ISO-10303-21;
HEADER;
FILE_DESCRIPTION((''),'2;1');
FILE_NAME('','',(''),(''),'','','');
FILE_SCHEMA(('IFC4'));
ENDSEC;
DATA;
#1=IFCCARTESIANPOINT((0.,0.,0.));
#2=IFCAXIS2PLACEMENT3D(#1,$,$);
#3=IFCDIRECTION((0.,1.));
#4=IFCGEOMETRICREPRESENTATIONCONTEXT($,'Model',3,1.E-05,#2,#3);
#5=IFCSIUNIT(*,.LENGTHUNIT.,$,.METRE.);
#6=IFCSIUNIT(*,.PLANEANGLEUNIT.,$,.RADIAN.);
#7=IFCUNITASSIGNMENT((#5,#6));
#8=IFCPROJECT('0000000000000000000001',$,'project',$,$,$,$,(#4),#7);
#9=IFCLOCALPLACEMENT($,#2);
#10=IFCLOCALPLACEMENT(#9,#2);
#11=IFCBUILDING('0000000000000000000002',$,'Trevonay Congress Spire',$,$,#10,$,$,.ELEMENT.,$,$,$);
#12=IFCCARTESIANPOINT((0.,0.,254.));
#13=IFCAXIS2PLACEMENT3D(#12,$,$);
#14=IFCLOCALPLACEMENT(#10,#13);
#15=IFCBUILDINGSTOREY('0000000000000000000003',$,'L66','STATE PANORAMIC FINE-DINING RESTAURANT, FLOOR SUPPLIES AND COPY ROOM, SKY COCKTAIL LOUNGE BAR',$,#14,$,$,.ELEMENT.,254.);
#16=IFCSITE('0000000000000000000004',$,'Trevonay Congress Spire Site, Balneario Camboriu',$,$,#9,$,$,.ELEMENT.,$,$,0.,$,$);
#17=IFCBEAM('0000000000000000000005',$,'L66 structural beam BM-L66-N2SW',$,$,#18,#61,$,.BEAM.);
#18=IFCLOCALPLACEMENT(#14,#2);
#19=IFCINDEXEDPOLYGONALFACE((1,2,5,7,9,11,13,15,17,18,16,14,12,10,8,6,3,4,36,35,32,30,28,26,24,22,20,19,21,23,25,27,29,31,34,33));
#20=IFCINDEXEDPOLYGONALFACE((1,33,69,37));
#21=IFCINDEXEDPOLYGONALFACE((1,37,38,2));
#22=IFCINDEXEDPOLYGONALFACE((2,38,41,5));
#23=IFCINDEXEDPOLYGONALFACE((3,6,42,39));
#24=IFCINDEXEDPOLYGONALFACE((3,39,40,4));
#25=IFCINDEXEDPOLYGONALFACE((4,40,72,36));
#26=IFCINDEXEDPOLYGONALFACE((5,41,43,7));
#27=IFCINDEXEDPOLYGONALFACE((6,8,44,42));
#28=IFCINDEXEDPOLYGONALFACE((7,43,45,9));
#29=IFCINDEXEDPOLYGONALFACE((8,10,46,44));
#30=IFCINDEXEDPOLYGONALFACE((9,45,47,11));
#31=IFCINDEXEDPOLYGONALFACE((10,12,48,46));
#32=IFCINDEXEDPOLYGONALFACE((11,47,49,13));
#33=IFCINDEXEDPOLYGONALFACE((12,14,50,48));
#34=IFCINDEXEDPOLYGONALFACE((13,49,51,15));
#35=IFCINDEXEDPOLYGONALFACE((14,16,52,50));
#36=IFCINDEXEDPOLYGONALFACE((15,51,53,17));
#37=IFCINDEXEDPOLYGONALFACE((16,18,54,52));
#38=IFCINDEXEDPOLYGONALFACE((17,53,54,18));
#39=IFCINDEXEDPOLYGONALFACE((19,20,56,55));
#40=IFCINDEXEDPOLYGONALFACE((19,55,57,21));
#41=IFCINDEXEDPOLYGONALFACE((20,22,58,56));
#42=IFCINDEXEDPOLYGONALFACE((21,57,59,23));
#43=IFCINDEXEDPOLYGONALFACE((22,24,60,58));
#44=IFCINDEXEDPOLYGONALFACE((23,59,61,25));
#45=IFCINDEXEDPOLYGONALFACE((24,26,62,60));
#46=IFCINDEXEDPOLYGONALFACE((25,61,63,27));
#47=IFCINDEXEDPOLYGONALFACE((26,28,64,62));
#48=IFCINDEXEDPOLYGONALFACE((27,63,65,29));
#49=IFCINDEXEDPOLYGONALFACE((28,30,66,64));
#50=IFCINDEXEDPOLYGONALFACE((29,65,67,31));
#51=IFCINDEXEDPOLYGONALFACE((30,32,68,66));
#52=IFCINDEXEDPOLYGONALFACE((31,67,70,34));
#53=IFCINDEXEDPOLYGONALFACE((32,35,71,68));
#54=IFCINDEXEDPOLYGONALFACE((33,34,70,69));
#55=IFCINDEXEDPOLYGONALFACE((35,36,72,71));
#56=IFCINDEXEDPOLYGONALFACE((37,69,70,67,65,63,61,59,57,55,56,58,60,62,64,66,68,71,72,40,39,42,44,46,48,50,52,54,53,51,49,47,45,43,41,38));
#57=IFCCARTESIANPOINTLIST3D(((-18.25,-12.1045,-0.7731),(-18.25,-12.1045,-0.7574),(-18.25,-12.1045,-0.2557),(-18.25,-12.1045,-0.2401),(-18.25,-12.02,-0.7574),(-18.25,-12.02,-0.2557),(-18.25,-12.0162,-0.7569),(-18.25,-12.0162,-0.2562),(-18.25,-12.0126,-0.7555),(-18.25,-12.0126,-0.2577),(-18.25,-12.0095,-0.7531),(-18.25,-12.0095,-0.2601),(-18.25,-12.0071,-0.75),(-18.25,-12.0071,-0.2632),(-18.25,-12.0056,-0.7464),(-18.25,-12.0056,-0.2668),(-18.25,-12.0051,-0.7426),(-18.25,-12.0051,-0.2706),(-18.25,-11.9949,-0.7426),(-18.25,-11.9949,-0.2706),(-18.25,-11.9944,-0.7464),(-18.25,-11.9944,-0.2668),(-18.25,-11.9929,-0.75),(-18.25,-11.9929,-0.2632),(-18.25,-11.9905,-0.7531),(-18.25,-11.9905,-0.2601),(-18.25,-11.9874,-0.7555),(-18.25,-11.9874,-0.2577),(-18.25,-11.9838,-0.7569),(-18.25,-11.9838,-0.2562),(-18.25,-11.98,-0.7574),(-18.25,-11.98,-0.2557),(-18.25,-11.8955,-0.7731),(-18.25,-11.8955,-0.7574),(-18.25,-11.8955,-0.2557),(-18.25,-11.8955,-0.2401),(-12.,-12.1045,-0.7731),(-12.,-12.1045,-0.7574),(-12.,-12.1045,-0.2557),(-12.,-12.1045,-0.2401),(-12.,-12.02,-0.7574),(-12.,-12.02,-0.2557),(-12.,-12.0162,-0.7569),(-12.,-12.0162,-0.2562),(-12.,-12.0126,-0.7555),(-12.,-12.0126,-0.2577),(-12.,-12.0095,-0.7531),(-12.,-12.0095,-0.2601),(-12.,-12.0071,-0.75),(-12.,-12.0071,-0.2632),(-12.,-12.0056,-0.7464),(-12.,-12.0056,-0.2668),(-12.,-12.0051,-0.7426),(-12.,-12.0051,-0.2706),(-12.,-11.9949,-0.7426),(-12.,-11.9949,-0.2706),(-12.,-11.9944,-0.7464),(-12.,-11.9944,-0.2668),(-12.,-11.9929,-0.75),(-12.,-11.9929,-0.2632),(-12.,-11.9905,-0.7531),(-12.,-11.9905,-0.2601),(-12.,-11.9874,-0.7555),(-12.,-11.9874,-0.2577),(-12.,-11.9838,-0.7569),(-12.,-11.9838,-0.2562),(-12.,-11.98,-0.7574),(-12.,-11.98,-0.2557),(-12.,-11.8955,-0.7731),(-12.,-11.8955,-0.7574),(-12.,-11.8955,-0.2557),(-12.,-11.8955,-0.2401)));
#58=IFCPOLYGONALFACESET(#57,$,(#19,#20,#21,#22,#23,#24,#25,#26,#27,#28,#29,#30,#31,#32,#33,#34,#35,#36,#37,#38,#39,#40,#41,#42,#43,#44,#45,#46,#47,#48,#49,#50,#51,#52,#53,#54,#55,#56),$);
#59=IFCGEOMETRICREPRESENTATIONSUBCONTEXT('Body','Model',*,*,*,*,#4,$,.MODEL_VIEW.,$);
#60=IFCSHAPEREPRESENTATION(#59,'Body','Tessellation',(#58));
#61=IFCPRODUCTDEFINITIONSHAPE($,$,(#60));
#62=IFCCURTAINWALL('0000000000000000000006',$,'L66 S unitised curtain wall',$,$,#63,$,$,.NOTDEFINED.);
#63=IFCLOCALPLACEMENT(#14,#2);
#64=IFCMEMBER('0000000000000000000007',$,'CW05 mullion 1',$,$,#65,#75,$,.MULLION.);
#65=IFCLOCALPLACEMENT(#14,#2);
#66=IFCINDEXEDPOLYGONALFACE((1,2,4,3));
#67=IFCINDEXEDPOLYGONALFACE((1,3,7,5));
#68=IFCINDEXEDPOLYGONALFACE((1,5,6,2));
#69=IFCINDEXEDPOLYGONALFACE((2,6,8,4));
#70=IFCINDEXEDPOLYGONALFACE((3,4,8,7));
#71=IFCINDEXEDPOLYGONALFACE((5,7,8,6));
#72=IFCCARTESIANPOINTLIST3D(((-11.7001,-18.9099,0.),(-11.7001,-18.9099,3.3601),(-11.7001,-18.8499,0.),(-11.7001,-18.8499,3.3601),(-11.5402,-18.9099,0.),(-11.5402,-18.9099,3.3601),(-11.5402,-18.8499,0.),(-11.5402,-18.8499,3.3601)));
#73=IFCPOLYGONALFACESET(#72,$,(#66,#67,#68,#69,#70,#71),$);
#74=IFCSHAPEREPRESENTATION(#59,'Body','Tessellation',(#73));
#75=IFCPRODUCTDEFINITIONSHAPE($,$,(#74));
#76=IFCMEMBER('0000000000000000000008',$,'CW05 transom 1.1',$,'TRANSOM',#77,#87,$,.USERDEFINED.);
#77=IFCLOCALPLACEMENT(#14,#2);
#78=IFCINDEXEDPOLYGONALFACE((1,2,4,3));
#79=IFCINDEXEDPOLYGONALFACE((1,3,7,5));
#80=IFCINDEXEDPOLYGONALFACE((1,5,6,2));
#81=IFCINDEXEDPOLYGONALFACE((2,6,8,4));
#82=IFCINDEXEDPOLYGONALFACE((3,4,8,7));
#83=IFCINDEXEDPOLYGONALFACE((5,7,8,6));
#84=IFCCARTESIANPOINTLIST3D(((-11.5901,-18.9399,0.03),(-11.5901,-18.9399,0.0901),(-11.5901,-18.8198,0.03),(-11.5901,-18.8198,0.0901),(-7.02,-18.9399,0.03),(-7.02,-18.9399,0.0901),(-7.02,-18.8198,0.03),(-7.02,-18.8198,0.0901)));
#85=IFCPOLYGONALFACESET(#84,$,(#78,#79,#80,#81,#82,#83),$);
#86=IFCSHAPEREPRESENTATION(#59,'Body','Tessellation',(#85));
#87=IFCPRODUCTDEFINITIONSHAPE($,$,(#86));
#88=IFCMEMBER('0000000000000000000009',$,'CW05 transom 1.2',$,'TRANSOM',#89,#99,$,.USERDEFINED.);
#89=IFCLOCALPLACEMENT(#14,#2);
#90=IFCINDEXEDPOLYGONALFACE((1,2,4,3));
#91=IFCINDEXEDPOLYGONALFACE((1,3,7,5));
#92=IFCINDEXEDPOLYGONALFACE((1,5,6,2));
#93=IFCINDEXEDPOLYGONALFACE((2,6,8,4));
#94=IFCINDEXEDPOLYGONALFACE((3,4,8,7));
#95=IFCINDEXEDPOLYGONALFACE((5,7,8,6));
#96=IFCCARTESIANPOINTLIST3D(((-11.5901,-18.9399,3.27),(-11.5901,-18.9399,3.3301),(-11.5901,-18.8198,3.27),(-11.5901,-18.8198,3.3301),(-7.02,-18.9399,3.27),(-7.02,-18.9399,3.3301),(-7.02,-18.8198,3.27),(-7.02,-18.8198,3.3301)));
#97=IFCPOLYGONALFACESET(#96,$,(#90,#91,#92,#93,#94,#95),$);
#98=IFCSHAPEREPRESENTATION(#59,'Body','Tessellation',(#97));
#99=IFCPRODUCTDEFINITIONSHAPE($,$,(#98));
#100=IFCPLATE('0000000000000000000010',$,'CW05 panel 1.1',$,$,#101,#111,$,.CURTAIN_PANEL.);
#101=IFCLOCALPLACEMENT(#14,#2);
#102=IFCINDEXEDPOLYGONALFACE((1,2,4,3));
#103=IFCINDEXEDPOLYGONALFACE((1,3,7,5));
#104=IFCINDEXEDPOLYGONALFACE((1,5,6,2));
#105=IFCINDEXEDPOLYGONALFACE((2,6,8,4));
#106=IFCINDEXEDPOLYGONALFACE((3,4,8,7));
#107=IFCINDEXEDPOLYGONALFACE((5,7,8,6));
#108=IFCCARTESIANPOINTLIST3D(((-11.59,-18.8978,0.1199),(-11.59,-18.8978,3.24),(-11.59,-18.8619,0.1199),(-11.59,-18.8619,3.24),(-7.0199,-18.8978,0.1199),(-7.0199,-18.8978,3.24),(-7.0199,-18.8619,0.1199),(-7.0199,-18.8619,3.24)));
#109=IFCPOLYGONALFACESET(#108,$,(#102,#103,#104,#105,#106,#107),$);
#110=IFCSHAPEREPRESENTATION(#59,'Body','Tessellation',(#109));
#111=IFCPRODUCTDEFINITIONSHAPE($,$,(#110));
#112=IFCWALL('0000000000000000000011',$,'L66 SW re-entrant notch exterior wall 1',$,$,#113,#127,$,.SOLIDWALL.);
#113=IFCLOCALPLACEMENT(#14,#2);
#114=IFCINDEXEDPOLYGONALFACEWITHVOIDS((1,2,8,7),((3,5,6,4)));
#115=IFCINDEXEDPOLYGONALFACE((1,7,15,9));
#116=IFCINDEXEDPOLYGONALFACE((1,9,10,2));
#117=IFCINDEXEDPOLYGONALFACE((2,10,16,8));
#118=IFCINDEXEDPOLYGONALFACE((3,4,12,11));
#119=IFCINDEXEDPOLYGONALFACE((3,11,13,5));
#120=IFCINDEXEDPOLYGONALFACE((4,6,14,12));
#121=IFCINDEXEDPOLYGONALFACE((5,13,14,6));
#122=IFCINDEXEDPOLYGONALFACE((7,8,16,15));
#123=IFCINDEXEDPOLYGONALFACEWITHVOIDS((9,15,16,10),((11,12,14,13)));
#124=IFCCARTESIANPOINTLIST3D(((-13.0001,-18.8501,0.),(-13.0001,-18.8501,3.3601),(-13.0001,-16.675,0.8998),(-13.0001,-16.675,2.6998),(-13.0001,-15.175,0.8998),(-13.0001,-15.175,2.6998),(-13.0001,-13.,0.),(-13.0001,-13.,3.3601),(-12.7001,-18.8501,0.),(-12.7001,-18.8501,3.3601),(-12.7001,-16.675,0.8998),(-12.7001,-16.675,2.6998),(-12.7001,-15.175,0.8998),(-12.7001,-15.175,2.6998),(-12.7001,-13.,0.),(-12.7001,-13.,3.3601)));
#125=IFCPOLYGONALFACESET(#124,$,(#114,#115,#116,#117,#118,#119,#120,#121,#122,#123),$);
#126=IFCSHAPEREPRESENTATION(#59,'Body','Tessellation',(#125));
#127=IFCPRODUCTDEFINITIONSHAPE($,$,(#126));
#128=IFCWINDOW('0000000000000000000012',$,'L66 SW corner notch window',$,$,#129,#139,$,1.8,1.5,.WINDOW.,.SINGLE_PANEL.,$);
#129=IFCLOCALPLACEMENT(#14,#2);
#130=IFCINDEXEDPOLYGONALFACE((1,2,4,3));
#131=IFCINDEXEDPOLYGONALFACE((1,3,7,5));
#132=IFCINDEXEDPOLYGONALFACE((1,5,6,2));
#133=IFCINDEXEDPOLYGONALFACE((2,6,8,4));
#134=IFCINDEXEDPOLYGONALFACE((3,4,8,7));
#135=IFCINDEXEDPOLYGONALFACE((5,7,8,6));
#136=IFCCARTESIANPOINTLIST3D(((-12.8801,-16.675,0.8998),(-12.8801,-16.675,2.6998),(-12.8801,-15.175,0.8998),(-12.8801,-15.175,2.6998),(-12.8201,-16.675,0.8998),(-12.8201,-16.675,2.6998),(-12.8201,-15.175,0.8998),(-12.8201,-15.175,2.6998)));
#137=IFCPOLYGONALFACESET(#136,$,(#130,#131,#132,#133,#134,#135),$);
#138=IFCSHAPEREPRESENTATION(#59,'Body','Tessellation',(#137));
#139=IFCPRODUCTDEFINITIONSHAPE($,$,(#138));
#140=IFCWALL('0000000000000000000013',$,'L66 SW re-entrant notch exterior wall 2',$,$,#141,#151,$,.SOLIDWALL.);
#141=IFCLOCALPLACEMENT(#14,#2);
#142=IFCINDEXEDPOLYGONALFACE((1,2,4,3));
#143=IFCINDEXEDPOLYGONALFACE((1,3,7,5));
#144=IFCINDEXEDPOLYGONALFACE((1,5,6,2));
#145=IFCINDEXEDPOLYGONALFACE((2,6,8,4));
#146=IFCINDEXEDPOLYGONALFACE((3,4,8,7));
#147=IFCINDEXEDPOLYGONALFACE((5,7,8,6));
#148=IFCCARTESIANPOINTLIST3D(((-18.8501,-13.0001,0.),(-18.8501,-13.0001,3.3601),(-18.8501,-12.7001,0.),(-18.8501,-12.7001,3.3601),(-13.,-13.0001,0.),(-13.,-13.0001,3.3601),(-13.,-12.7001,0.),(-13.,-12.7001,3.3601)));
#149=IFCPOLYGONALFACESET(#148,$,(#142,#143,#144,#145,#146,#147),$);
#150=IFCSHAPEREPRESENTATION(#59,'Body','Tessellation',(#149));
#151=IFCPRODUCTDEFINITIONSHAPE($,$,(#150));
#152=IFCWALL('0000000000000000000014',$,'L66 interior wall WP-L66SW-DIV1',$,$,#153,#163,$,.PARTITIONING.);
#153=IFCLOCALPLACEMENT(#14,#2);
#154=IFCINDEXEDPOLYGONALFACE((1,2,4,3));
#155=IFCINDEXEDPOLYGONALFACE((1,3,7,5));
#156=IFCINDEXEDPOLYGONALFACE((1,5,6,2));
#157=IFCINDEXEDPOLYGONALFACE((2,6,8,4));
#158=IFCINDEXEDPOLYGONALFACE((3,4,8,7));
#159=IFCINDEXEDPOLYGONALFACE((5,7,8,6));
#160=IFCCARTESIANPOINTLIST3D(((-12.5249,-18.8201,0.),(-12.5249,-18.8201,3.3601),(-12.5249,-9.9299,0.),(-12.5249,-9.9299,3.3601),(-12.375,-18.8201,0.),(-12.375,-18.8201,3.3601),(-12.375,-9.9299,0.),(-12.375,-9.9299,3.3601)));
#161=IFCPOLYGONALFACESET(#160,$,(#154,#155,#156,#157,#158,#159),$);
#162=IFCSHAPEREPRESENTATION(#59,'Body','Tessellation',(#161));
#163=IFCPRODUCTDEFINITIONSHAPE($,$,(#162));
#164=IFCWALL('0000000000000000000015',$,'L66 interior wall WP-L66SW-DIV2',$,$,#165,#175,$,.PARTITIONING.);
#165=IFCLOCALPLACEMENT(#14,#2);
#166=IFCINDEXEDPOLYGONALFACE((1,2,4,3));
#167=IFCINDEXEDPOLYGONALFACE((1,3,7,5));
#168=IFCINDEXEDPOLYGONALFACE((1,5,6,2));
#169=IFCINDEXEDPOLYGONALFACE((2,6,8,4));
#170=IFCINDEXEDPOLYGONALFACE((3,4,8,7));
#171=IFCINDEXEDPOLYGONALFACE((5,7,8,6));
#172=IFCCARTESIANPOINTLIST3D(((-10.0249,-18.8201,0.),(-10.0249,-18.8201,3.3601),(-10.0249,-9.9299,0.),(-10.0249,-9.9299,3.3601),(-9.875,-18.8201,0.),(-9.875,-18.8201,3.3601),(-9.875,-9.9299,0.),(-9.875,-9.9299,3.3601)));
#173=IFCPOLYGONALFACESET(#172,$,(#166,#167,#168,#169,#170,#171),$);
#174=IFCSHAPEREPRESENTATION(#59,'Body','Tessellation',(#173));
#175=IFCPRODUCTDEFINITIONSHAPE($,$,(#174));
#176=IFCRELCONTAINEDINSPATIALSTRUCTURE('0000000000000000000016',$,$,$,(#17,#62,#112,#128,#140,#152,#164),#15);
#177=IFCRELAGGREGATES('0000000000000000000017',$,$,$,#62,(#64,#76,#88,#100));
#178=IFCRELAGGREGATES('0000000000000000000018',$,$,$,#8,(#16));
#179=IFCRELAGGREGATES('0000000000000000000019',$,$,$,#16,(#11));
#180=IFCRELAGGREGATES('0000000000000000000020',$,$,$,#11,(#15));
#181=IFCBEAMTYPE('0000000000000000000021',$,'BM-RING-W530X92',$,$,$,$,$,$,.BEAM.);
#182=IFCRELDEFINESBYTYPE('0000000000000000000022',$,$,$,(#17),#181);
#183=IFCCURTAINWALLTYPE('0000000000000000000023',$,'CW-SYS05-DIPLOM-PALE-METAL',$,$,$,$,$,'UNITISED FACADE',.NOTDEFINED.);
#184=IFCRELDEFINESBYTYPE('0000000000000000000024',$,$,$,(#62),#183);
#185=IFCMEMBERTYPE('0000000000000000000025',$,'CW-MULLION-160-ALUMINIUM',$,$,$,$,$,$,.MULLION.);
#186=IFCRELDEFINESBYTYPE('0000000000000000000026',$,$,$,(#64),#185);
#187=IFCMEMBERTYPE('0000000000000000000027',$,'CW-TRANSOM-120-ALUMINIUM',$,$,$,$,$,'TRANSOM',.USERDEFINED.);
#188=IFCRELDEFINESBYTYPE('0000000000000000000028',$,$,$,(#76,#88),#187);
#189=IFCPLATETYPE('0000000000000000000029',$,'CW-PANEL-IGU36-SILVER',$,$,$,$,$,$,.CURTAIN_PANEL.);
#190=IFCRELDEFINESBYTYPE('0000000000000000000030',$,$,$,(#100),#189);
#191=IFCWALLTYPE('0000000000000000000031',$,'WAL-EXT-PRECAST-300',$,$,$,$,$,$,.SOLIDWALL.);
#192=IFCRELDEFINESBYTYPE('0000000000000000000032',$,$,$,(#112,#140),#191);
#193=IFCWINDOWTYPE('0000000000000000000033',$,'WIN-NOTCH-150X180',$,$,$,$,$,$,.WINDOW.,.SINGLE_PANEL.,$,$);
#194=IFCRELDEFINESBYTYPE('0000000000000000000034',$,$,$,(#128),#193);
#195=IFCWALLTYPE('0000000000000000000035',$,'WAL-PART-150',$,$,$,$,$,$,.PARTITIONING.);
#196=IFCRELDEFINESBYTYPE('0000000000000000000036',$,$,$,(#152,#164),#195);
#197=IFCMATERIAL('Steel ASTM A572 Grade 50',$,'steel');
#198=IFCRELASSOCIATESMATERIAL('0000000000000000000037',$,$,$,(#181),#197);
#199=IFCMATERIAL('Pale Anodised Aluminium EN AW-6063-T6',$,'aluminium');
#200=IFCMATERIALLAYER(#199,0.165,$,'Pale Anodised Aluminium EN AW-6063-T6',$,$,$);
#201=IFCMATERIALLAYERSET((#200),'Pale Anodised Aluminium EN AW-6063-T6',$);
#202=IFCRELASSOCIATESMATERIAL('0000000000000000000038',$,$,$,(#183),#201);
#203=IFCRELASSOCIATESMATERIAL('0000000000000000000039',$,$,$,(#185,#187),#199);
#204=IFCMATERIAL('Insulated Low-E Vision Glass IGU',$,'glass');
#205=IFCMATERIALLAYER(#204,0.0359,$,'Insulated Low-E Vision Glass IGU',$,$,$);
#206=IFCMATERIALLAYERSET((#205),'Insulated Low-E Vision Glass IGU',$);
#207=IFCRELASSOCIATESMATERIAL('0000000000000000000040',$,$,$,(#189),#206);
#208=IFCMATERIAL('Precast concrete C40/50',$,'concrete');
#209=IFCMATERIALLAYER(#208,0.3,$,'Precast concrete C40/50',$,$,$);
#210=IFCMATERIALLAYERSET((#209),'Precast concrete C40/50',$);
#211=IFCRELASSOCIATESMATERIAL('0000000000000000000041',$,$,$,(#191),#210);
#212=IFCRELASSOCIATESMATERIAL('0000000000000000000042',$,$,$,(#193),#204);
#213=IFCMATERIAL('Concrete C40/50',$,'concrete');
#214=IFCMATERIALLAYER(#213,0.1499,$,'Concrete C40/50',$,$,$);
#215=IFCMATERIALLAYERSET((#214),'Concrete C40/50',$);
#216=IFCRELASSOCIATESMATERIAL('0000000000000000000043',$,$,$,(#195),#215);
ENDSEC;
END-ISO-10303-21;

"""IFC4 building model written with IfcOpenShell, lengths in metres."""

from ifc_helpers import new_model, si_unit, direction, frame, frame_2d, origin, origin_2d, place, context, subcontext, project, spatial, rectangle, i_section, extrude, material, layer, layer_set, material_profile, profile_set, type_object, element, fill, aggregate, save


model = new_model("IFC4")

# Units and contexts
model_context = context("Model", 3, precision=1e-05, world=origin(), true_north=direction((0.0, 1.0)))
body_context = subcontext(model_context, "Body", "Model", "MODEL_VIEW")
ifc_project = project(units=[si_unit("LENGTHUNIT", "METRE"), si_unit("PLANEANGLEUNIT", "RADIAN")], contexts=[model_context])

# Site, building, storey
site_placement = place(None, origin())
site = spatial("IfcSite", under=ifc_project, at=site_placement, Name="Trevonay Congress Spire Site, Balneario Camboriu", CompositionType="ELEMENT", RefElevation=0.0)
building_placement = place(site_placement, origin())
building = spatial("IfcBuilding", under=site, at=building_placement, Name="Trevonay Congress Spire", CompositionType="ELEMENT")
storey_placement = place(building_placement, frame((0.0, 0.0, 254.0)))
storey = spatial("IfcBuildingStorey", under=building, at=storey_placement, Name="L66", Description="STATE PANORAMIC FINE-DINING RESTAURANT, FLOOR SUPPLIES AND COPY ROOM, SKY COCKTAIL LOUNGE BAR", CompositionType="ELEMENT", Elevation=254.0)

# Shared definitions
ifc_material_1 = material(Name="Steel ASTM A572 Grade 50", Category="steel")

# Beam
ifc_material_profile_1 = material_profile(ifc_material_1, i_section(OverallWidth=0.209, OverallDepth=0.533, WebThickness=0.0103, FlangeThickness=0.0156, FilletRadius=0.0149, at=origin_2d()), Name="W530x92")
ifc_profile_set_1 = profile_set([ifc_material_profile_1], Name="Steel ASTM A572 Grade 50")
beam_type = type_object("IfcBeamType", Name="BM-RING-W530X92", PredefinedType="BEAM", material=ifc_profile_set_1)
for number, where, z_axis, x_axis, name in (
    (1, (-18.25, -12.0, -0.5066), (1.0, 0.0, 0.0), (0.0, 1.0, 0.0), "L66 structural beam BM-L66-N2SW"),
):
    element("IfcBeam", number, at=place(storey_placement, frame(where, z_axis=z_axis, x_axis=x_axis)), inside=storey, type_object=beam_type, Name=name, PredefinedType="BEAM", context=body_context, shape_type="SweptSolid", body=[
        extrude(i_section(OverallWidth=0.209, OverallDepth=0.533, WebThickness=0.0103, FlangeThickness=0.0156, FilletRadius=0.0149, at=origin_2d()), origin(), (0.0, 0.0, 1.0), 6.25),
    ])

# Curtain wall, members, plate
ifc_material_2 = material(Name="Pale Anodised Aluminium EN AW-6063-T6", Category="aluminium")
ifc_layer_1 = layer(ifc_material_2, 0.165, Name="Pale Anodised Aluminium EN AW-6063-T6")
ifc_layer_set_1 = layer_set([ifc_layer_1], Name="Pale Anodised Aluminium EN AW-6063-T6")
curtain_wall_type = type_object("IfcCurtainWallType", Name="CW-SYS05-DIPLOM-PALE-METAL", ElementType="UNITISED FACADE", PredefinedType="NOTDEFINED", material=ifc_layer_set_1)
curtain_wall_placement = place(storey_placement, origin())
curtain_wall = element("IfcCurtainWall", 2, at=curtain_wall_placement, inside=storey, type_object=curtain_wall_type, Name="L66 S unitised curtain wall", PredefinedType="NOTDEFINED")
ifc_material_profile_2 = material_profile(ifc_material_2, rectangle(XDim=0.0601, YDim=0.1599, at=origin_2d()), Name="CW-MULLION-160-ALUMINIUM")
ifc_profile_set_2 = profile_set([ifc_material_profile_2], Name="Pale Anodised Aluminium EN AW-6063-T6")
member_type_1 = type_object("IfcMemberType", Name="CW-MULLION-160-ALUMINIUM", PredefinedType="MULLION", material=ifc_profile_set_2)
member_1_placement = place(storey_placement, frame((-11.6201, -18.8799, 0.0), z_axis=(0.0, 0.0, 1.0), x_axis=(0.0, 1.0, 0.0)))
member_1 = element("IfcMember", 3, at=member_1_placement, type_object=member_type_1, Name="CW05 mullion 1", PredefinedType="MULLION", context=body_context, shape_type="SweptSolid", body=[
    extrude(rectangle(XDim=0.0601, YDim=0.1599, at=origin_2d()), origin(), (0.0, 0.0, 1.0), 3.3601),
])
ifc_material_profile_3 = material_profile(ifc_material_2, rectangle(XDim=0.1201, YDim=0.0601, at=origin_2d()), Name="CW-TRANSOM-120-ALUMINIUM")
ifc_profile_set_3 = profile_set([ifc_material_profile_3], Name="Pale Anodised Aluminium EN AW-6063-T6")
member_type_2 = type_object("IfcMemberType", Name="CW-TRANSOM-120-ALUMINIUM", ElementType="TRANSOM", PredefinedType="USERDEFINED", material=ifc_profile_set_3)
member_2_placement = place(storey_placement, frame((-11.5901, -18.8799, 0.0601), z_axis=(1.0, 0.0, 0.0), x_axis=(0.0, 1.0, 0.0)))
member_2 = element("IfcMember", 4, at=member_2_placement, type_object=member_type_2, Name="CW05 transom 1.1", ObjectType="TRANSOM", PredefinedType="USERDEFINED", context=body_context, shape_type="SweptSolid", body=[
    extrude(rectangle(XDim=0.1201, YDim=0.0601, at=origin_2d()), origin(), (0.0, 0.0, 1.0), 4.5701),
])
member_3_placement = place(storey_placement, frame((-11.5901, -18.8799, 3.3), z_axis=(1.0, 0.0, 0.0), x_axis=(0.0, 1.0, 0.0)))
member_3 = element("IfcMember", 5, at=member_3_placement, type_object=member_type_2, Name="CW05 transom 1.2", ObjectType="TRANSOM", PredefinedType="USERDEFINED", context=body_context, shape_type="SweptSolid", body=[
    extrude(rectangle(XDim=0.1201, YDim=0.0601, at=origin_2d()), origin(), (0.0, 0.0, 1.0), 4.5701),
])
ifc_material_3 = material(Name="Insulated Low-E Vision Glass IGU", Category="glass")
ifc_layer_2 = layer(ifc_material_3, 0.0359, Name="Insulated Low-E Vision Glass IGU")
ifc_layer_set_2 = layer_set([ifc_layer_2], Name="Insulated Low-E Vision Glass IGU")
plate_type = type_object("IfcPlateType", Name="CW-PANEL-IGU36-SILVER", PredefinedType="CURTAIN_PANEL", material=ifc_layer_set_2)
plate_placement = place(storey_placement, frame((-9.3049, -18.8799, 0.1199), z_axis=(0.0, 0.0, 1.0), x_axis=(1.0, 0.0, 0.0)))
plate = element("IfcPlate", 6, at=plate_placement, type_object=plate_type, Name="CW05 panel 1.1", PredefinedType="CURTAIN_PANEL", context=body_context, shape_type="SweptSolid", body=[
    extrude(rectangle(XDim=4.5701, YDim=0.0359, at=origin_2d()), origin(), (0.0, 0.0, 1.0), 3.1201),
])
aggregate(curtain_wall, [member_1, member_2, member_3, plate])

# Wall, opening, window
ifc_material_4 = material(Name="Precast concrete C40/50", Category="concrete")
ifc_layer_3 = layer(ifc_material_4, 0.3, Name="Precast concrete C40/50")
ifc_layer_set_3 = layer_set([ifc_layer_3], Name="Precast concrete C40/50")
wall_type_1 = type_object("IfcWallType", Name="WAL-EXT-PRECAST-300", PredefinedType="SOLIDWALL", material=ifc_layer_set_3)
wall_1_placement = place(storey_placement, frame((-12.8501, -18.8501, 0.0), z_axis=(0.0, 0.0, 1.0), x_axis=(0.0, 1.0, 0.0)))
wall_1 = element("IfcWall", 7, at=wall_1_placement, inside=storey, type_object=wall_type_1, Name="L66 SW re-entrant notch exterior wall 1", PredefinedType="SOLIDWALL", context=body_context, shape_type="SweptSolid", body=[
    extrude(rectangle(XDim=5.8501, YDim=0.3, at=frame_2d((2.925, 0.0))), origin(), (0.0, 0.0, 1.0), 3.3601),
])
opening_placement = place(wall_1_placement, frame((2.175, 0.0, 0.8999)))
opening = element("IfcOpeningElement", 8, at=opening_placement, cuts=wall_1, PredefinedType="OPENING", context=body_context, shape_type="SweptSolid", body=[
    extrude(rectangle(XDim=1.5, YDim=1.8, at=frame_2d((0.75, 0.8999))), frame((0.0, 0.1602, 0.0), z_axis=(0.0, -1.0, 0.0), x_axis=(1.0, 0.0, 0.0)), (0.0, 0.0, 1.0), 0.3201),
])
window_type = type_object("IfcWindowType", Name="WIN-NOTCH-150X180", PartitioningType="SINGLE_PANEL", PredefinedType="WINDOW", material=ifc_material_3)
window_placement = place(opening_placement, origin())
window = element("IfcWindow", 9, at=window_placement, inside=storey, type_object=window_type, Name="L66 SW corner notch window", OverallHeight=1.8, OverallWidth=1.5, PartitioningType="SINGLE_PANEL", PredefinedType="WINDOW", context=body_context, shape_type="SweptSolid", body=[
    extrude(rectangle(XDim=1.5, YDim=1.8, at=frame_2d((0.75, 0.8999))), frame((0.0, 0.03, 0.0), z_axis=(0.0, -1.0, 0.0), x_axis=(1.0, 0.0, 0.0)), (0.0, 0.0, 1.0), 0.0601),
])
fill(opening, window)

# Walls
wall_2_placement = place(storey_placement, frame((-18.8501, -12.8501, 0.0), z_axis=(0.0, 0.0, 1.0), x_axis=(1.0, 0.0, 0.0)))
element("IfcWall", 10, at=wall_2_placement, inside=storey, type_object=wall_type_1, Name="L66 SW re-entrant notch exterior wall 2", PredefinedType="SOLIDWALL", context=body_context, shape_type="SweptSolid", body=[
    extrude(rectangle(XDim=5.8501, YDim=0.3, at=frame_2d((2.925, 0.0))), origin(), (0.0, 0.0, 1.0), 3.3601),
])
ifc_material_5 = material(Name="Concrete C40/50", Category="concrete")
ifc_layer_4 = layer(ifc_material_5, 0.1499, Name="Concrete C40/50")
ifc_layer_set_4 = layer_set([ifc_layer_4], Name="Concrete C40/50")
wall_type_2 = type_object("IfcWallType", Name="WAL-PART-150", PredefinedType="PARTITIONING", material=ifc_layer_set_4)
for number, where, z_axis, x_axis, name in (
    (11, (-12.45, -18.8201, 0.0), (0.0, 0.0, 1.0), (0.0, 1.0, 0.0), "L66 interior wall WP-L66SW-DIV1"),
    (12, (-9.95, -18.8201, 0.0), (0.0, 0.0, 1.0), (0.0, 1.0, 0.0), "L66 interior wall WP-L66SW-DIV2"),
):
    element("IfcWall", number, at=place(storey_placement, frame(where, z_axis=z_axis, x_axis=x_axis)), inside=storey, type_object=wall_type_2, Name=name, PredefinedType="PARTITIONING", context=body_context, shape_type="SweptSolid", body=[
        extrude(rectangle(XDim=8.8901, YDim=0.1499, at=frame_2d((4.4451, 0.0))), origin(), (0.0, 0.0, 1.0), 3.3601),
    ])

save(model, "model.ifc")
